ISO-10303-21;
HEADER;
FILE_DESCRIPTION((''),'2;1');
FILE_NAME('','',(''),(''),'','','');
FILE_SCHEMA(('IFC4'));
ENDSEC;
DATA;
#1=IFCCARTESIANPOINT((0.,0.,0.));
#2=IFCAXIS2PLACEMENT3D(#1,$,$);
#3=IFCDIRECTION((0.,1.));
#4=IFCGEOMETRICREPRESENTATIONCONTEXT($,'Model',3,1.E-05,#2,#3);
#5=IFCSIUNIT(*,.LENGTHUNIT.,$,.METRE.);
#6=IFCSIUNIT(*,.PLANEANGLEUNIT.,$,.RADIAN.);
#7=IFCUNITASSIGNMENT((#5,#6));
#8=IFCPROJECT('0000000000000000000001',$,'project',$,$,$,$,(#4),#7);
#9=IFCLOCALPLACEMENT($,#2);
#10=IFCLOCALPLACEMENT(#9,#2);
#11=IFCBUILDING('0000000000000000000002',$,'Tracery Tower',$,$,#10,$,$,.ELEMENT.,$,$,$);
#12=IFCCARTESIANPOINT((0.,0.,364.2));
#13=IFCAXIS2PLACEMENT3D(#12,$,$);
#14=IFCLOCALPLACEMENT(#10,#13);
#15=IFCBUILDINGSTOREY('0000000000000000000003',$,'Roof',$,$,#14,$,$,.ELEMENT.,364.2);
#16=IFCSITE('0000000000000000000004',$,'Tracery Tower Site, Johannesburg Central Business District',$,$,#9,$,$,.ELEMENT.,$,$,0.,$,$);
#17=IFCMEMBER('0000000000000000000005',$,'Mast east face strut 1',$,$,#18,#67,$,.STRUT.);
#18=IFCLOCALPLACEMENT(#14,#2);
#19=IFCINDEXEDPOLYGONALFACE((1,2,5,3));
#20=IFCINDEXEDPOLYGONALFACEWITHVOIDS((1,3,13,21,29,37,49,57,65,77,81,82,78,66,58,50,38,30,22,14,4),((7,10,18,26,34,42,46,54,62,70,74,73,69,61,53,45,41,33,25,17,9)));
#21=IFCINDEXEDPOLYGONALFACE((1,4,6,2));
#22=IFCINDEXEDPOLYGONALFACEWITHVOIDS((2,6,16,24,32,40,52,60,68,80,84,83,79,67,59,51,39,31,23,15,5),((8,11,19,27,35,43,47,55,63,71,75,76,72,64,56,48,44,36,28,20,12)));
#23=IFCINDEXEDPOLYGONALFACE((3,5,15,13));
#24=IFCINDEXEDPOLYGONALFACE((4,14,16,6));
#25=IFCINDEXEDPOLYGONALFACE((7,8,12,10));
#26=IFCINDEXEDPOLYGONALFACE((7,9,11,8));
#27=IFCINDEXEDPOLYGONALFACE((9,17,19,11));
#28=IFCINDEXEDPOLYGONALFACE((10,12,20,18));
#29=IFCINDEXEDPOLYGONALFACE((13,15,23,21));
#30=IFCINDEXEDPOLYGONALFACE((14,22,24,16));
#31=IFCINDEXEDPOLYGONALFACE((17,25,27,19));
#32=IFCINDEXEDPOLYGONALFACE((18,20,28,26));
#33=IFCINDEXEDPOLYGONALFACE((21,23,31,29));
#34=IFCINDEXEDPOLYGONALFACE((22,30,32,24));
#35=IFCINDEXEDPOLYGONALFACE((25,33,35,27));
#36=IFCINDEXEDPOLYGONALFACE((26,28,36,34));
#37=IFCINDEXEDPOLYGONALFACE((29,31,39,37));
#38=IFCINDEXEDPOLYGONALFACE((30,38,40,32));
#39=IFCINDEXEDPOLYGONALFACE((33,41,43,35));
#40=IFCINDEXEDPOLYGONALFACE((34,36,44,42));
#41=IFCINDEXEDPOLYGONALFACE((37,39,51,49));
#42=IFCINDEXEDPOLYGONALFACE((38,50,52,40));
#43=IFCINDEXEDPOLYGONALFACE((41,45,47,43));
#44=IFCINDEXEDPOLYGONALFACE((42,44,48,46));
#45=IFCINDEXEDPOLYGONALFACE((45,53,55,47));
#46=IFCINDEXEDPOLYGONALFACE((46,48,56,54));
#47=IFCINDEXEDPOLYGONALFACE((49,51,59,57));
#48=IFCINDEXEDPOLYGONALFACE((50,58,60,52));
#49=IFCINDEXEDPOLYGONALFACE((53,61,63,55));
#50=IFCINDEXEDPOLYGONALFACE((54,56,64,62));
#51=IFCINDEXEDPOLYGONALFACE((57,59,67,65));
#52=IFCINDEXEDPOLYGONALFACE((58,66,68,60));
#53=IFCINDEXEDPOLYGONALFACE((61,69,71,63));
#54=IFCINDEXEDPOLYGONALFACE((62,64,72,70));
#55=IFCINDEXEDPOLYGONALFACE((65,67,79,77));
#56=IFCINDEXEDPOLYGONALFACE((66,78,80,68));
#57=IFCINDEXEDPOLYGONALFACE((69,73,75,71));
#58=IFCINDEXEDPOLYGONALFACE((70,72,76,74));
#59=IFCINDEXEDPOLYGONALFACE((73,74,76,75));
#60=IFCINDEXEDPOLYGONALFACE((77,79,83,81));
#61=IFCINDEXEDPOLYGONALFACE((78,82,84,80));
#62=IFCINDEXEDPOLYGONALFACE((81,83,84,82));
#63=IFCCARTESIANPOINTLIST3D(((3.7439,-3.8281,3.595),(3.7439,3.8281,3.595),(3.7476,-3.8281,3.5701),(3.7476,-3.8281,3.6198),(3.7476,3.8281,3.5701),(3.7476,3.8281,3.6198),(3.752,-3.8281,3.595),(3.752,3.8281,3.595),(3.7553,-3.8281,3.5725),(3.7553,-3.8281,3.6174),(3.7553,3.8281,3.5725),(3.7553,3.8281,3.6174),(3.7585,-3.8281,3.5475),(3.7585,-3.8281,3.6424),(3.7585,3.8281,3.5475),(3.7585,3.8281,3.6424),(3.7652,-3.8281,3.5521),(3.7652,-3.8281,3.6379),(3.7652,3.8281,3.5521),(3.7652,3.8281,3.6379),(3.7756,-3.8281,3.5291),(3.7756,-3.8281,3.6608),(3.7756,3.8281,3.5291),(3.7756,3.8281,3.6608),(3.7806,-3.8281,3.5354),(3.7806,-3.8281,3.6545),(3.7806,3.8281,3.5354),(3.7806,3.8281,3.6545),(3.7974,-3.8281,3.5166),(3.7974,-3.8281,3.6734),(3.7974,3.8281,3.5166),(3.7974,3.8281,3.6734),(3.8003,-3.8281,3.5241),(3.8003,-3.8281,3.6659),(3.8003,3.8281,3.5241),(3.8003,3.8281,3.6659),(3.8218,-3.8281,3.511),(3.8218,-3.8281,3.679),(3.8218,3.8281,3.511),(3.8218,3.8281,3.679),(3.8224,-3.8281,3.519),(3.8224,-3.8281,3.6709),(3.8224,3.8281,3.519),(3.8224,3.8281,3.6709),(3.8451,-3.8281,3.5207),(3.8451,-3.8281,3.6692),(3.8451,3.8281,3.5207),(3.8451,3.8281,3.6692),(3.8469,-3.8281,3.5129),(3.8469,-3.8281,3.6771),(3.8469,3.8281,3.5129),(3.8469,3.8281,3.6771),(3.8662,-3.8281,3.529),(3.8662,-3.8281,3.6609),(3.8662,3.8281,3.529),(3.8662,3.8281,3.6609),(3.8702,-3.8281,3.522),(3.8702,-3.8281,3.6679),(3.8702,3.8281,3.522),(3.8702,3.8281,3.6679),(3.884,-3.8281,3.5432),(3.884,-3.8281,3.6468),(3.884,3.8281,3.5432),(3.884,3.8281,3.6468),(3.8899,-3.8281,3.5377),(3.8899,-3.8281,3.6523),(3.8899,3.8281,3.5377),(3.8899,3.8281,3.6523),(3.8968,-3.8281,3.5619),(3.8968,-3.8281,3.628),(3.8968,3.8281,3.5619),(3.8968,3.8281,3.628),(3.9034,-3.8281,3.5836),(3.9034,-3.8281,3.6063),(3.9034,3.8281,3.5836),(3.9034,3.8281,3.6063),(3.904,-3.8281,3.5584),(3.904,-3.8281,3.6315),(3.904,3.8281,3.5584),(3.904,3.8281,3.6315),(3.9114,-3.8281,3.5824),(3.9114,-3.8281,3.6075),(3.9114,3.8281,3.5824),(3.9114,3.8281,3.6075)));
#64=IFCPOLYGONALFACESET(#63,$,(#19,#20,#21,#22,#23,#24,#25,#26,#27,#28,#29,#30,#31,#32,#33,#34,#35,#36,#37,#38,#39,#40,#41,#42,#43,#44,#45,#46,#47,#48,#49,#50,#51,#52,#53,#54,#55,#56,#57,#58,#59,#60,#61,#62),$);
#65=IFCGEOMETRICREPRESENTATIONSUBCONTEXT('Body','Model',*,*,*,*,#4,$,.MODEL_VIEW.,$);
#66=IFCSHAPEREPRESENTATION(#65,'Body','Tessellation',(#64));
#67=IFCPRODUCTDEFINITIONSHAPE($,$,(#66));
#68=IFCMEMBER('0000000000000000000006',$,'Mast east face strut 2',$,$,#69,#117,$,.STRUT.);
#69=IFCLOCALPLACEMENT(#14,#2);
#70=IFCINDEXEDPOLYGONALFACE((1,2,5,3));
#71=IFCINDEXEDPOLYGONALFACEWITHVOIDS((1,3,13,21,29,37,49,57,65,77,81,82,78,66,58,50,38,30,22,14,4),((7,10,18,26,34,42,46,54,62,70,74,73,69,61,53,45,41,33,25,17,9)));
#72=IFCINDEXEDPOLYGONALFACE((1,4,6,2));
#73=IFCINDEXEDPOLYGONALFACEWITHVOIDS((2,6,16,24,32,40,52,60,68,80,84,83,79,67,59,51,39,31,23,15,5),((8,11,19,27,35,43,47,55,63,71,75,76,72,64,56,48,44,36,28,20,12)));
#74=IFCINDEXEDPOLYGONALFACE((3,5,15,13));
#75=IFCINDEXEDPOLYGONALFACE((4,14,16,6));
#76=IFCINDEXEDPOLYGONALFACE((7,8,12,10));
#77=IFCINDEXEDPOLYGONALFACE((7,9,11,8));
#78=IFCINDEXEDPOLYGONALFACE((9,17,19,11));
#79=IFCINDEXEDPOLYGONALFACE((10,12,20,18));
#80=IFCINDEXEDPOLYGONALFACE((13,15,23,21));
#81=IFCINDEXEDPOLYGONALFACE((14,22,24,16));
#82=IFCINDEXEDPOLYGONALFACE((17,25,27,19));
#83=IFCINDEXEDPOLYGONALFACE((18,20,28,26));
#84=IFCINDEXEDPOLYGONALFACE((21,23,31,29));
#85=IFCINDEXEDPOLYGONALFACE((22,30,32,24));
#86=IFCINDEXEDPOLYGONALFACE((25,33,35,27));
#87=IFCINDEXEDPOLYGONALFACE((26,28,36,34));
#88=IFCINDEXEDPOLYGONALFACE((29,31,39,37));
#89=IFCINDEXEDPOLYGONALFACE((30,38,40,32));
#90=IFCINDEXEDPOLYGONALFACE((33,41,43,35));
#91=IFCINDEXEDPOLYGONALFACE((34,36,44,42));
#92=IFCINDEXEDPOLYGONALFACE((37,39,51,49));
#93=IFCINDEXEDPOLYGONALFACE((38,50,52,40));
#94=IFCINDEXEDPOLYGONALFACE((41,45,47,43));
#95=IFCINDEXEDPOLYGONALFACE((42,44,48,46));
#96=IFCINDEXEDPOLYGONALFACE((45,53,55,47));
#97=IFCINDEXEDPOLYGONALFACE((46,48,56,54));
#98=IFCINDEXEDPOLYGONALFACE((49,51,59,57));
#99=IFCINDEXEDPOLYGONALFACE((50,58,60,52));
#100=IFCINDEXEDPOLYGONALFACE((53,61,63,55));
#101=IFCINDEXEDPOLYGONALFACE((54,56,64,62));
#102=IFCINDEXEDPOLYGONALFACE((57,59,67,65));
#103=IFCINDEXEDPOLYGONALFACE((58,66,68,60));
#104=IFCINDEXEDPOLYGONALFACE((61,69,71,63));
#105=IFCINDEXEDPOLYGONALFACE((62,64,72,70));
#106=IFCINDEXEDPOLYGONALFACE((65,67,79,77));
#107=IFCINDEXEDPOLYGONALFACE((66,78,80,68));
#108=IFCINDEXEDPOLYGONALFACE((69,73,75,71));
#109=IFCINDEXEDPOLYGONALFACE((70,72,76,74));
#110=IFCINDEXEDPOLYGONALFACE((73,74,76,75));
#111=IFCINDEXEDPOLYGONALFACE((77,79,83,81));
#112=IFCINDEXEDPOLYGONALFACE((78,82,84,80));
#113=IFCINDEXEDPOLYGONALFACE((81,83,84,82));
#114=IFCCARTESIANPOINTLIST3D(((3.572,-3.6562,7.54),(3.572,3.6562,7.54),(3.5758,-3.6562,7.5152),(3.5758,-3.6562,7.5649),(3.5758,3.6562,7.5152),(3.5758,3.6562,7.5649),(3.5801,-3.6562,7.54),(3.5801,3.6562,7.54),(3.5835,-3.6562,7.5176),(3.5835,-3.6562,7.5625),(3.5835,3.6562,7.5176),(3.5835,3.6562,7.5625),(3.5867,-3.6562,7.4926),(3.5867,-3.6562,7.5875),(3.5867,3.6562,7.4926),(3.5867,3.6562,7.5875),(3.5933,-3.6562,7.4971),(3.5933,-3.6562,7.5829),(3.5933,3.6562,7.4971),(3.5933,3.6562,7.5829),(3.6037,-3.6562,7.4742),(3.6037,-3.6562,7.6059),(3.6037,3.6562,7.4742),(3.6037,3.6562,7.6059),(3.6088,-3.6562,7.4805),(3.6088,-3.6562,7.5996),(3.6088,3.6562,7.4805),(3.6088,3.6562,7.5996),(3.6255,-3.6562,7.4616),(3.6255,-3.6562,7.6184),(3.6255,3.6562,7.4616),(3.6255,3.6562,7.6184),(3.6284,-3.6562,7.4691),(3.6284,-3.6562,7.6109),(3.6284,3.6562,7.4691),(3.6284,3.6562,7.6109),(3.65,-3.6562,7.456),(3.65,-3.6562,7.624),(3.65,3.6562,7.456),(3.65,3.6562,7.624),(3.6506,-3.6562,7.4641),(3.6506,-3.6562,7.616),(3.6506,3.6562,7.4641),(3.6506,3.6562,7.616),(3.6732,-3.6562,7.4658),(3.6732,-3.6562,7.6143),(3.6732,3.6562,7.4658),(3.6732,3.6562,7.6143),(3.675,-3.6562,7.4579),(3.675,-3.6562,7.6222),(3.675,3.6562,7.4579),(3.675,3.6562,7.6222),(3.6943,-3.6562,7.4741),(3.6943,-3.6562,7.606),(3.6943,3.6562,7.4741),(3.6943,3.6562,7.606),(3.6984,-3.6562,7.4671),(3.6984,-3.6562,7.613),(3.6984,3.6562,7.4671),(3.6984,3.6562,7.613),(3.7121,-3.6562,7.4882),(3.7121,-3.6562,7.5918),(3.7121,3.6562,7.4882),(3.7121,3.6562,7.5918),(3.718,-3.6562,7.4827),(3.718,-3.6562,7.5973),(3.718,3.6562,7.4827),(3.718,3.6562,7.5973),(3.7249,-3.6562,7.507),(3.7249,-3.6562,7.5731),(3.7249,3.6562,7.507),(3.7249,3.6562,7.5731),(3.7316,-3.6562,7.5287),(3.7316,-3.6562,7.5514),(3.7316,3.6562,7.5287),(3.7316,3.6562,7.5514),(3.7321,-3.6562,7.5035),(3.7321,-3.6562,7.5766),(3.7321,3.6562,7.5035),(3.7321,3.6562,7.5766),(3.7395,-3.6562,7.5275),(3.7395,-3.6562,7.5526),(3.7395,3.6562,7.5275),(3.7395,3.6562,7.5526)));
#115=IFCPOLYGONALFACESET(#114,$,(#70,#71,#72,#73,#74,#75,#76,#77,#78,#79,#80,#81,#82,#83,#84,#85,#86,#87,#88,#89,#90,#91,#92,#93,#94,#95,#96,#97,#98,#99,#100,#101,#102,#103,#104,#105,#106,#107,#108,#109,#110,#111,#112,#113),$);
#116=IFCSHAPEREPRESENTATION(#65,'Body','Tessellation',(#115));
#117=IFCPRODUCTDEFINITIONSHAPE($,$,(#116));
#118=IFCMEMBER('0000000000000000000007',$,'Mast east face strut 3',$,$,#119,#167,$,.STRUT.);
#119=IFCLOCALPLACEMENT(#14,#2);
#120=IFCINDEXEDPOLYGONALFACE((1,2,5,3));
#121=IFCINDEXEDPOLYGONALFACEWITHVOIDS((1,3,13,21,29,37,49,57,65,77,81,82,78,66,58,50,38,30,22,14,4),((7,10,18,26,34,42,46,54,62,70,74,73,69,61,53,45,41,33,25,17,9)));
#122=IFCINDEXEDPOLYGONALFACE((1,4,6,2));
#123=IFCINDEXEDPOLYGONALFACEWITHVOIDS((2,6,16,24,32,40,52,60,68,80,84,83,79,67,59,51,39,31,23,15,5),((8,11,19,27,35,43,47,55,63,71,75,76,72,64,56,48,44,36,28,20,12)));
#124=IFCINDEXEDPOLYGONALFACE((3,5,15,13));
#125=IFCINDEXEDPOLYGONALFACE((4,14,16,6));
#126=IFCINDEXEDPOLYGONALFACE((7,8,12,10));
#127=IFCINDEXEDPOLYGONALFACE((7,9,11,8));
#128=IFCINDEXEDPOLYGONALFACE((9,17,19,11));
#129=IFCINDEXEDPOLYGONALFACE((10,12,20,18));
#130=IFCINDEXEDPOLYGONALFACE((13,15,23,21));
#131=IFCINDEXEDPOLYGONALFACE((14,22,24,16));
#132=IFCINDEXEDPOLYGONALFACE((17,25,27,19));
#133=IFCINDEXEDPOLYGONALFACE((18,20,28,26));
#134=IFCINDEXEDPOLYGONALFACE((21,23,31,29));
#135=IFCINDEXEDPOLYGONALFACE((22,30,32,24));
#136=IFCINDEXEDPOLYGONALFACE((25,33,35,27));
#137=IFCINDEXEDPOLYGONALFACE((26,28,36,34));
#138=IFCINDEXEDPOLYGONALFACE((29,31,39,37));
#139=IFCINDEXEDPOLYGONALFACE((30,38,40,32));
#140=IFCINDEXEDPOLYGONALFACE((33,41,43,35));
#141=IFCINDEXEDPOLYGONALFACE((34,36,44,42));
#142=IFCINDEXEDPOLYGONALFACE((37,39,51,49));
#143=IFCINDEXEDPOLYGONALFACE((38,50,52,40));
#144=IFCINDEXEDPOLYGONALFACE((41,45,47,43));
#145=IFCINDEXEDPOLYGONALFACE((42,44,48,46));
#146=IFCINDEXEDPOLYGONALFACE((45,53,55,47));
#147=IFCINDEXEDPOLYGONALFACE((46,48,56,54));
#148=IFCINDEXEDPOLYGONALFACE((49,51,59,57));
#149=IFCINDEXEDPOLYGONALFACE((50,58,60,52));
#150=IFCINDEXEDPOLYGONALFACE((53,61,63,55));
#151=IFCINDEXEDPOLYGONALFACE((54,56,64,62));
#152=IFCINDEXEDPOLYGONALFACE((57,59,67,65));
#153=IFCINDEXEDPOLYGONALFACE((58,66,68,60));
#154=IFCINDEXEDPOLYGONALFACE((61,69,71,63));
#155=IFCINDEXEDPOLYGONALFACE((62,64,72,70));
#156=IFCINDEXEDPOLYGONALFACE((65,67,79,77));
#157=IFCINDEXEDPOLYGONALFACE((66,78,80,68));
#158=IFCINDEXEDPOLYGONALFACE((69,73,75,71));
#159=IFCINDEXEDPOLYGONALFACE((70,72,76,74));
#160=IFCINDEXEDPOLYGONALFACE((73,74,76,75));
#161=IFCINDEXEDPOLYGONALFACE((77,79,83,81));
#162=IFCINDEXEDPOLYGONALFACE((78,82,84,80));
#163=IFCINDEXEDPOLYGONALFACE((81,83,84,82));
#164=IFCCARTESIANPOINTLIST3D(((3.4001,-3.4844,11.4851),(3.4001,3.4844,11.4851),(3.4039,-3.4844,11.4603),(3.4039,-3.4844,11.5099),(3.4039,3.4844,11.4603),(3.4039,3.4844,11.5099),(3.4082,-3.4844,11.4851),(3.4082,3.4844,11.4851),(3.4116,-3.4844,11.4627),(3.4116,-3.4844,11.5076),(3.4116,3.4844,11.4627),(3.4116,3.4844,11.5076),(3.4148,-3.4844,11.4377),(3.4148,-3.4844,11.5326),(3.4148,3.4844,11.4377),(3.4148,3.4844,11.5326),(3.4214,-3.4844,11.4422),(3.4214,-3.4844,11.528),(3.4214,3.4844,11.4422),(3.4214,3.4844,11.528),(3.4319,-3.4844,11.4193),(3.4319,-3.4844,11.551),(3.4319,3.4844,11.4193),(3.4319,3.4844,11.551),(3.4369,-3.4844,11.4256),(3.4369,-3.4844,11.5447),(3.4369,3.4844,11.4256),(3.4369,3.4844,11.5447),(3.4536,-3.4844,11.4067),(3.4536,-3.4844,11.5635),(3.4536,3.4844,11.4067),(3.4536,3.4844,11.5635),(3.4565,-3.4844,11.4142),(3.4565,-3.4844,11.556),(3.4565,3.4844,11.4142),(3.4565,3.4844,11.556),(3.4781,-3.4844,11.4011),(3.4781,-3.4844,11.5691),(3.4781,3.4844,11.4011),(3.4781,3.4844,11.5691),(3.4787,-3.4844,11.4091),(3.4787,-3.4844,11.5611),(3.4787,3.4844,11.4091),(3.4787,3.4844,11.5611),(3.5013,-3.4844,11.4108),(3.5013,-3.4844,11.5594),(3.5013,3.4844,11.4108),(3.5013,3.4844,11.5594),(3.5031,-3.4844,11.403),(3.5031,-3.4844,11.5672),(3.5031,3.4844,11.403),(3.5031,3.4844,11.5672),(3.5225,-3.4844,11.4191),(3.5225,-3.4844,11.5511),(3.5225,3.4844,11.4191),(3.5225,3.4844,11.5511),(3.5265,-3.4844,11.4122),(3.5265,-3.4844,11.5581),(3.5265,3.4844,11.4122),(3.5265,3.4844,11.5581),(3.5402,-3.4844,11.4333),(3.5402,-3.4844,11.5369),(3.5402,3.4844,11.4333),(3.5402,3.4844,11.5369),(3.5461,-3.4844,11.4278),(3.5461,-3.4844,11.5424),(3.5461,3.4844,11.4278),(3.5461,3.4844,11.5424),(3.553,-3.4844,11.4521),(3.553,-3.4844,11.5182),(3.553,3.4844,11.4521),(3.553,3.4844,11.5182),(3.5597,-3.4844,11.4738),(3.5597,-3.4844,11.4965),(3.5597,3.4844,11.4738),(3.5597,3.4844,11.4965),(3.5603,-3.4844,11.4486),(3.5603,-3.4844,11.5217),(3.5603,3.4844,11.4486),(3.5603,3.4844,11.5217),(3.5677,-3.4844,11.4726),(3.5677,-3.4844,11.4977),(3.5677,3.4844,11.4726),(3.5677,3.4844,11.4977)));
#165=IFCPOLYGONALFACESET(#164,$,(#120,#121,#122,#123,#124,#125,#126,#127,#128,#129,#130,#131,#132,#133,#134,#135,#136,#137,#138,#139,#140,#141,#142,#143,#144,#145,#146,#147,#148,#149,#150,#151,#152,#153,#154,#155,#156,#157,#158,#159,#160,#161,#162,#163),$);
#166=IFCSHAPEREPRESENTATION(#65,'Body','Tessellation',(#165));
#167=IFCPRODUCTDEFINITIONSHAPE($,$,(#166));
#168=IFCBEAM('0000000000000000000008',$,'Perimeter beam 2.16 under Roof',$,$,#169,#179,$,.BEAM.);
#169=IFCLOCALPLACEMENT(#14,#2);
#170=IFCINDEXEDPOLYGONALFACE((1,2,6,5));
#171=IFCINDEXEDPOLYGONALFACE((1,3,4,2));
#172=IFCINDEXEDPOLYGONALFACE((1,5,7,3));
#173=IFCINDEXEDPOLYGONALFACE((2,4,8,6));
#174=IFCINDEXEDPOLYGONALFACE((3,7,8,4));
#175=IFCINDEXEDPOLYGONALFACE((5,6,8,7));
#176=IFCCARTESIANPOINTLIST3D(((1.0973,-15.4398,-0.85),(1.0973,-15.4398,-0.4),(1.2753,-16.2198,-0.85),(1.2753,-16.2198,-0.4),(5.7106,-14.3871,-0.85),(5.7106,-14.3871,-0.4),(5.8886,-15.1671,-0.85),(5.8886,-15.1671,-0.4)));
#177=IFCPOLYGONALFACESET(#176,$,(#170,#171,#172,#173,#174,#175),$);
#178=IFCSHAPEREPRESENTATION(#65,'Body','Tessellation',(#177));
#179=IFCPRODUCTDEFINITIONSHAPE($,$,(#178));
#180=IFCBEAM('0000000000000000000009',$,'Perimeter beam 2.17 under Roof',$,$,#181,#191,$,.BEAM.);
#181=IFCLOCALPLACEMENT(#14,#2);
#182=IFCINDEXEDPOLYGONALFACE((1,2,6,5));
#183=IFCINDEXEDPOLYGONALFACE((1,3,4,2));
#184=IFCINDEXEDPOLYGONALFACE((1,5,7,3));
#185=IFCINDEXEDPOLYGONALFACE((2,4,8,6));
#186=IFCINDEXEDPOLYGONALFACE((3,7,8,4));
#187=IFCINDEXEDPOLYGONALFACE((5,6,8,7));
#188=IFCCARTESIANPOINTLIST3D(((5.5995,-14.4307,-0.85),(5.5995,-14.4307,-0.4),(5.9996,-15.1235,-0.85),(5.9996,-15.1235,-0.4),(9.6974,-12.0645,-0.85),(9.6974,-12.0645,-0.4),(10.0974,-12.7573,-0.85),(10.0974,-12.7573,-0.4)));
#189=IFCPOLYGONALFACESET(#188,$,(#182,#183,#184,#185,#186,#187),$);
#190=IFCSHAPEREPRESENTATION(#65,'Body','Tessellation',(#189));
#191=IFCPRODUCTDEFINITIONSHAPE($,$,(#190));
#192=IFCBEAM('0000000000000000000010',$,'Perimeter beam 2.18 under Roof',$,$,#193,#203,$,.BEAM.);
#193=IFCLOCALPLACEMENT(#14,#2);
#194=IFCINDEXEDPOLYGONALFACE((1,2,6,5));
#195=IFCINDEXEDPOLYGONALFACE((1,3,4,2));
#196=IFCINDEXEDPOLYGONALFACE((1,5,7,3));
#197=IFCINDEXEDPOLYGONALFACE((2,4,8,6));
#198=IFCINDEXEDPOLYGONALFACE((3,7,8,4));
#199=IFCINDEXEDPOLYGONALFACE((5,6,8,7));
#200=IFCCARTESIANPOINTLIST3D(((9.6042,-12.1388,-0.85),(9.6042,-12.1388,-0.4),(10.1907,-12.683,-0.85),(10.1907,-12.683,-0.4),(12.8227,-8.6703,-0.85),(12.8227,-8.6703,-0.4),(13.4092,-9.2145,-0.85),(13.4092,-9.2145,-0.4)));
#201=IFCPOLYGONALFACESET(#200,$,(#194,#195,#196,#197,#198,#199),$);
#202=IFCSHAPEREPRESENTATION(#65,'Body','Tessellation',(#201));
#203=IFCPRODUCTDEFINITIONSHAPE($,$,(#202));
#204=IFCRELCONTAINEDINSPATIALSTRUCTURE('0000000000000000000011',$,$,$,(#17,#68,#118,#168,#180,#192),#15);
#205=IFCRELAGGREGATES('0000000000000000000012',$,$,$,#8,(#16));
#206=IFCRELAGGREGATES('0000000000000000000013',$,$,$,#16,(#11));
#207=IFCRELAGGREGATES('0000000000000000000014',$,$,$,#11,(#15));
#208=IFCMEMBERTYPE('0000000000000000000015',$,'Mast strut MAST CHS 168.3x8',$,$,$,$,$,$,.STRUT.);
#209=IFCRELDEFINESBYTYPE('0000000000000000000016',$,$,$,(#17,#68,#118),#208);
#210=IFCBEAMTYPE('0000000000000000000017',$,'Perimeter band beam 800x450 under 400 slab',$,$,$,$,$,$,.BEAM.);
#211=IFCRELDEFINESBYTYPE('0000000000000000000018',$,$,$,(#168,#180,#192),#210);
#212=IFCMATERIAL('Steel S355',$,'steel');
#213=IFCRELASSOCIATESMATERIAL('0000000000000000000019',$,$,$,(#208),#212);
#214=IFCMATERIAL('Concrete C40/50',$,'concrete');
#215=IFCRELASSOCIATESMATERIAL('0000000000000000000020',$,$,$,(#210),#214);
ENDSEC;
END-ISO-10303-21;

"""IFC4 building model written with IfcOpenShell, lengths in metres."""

from ifc_helpers import new_model, si_unit, direction, frame, origin, origin_2d, place, context, subcontext, project, spatial, rectangle, hollow_circle, extrude, material, material_profile, profile_set, type_object, element, save


model = new_model("IFC4")

# Units and contexts
model_context = context("Model", 3, precision=1e-05, world=origin(), true_north=direction((0.0, 1.0)))
body_context = subcontext(model_context, "Body", "Model", "MODEL_VIEW")
ifc_project = project(units=[si_unit("LENGTHUNIT", "METRE"), si_unit("PLANEANGLEUNIT", "RADIAN")], contexts=[model_context])

# Site, building, storey
site_placement = place(None, origin())
site = spatial("IfcSite", under=ifc_project, at=site_placement, Name="Tracery Tower Site, Johannesburg Central Business District", CompositionType="ELEMENT", RefElevation=0.0)
building_placement = place(site_placement, origin())
building = spatial("IfcBuilding", under=site, at=building_placement, Name="Tracery Tower", CompositionType="ELEMENT")
storey_placement = place(building_placement, frame((0.0, 0.0, 364.2)))
storey = spatial("IfcBuildingStorey", under=building, at=storey_placement, Name="Roof", CompositionType="ELEMENT", Elevation=364.2)

# Members
ifc_material_1 = material(Name="Steel S355", Category="steel")
ifc_material_profile_1 = material_profile(ifc_material_1, hollow_circle(Radius=0.0842, WallThickness=0.0081, at=origin_2d()), Name="CHS 168.3x8")
ifc_profile_set_1 = profile_set([ifc_material_profile_1], Name="Steel S355")
member_type_1 = type_object("IfcMemberType", Name="Mast strut MAST CHS 168.3x8", PredefinedType="STRUT", material=ifc_profile_set_1)
member_1_placement = place(storey_placement, frame((3.8281, -3.8281, 3.595), z_axis=(0.0, 1.0, 0.0), x_axis=(-1.0, 0.0, 0.0)))
element("IfcMember", 1, at=member_1_placement, inside=storey, type_object=member_type_1, Name="Mast east face strut 1", PredefinedType="STRUT", context=body_context, shape_type="SweptSolid", body=[
    extrude(hollow_circle(Radius=0.0842, WallThickness=0.0081, at=origin_2d()), origin(), (0.0, 0.0, 1.0), 7.6562),
])
member_2_placement = place(storey_placement, frame((3.6562, -3.6562, 7.54), z_axis=(0.0, 1.0, 0.0), x_axis=(-1.0, 0.0, 0.0)))
element("IfcMember", 2, at=member_2_placement, inside=storey, type_object=member_type_1, Name="Mast east face strut 2", PredefinedType="STRUT", context=body_context, shape_type="SweptSolid", body=[
    extrude(hollow_circle(Radius=0.0842, WallThickness=0.0081, at=origin_2d()), origin(), (0.0, 0.0, 1.0), 7.3125),
])
member_3_placement = place(storey_placement, frame((3.4844, -3.4844, 11.4851), z_axis=(0.0, 1.0, 0.0), x_axis=(-1.0, 0.0, 0.0)))
element("IfcMember", 3, at=member_3_placement, inside=storey, type_object=member_type_1, Name="Mast east face strut 3", PredefinedType="STRUT", context=body_context, shape_type="SweptSolid", body=[
    extrude(hollow_circle(Radius=0.0842, WallThickness=0.0081, at=origin_2d()), origin(), (0.0, 0.0, 1.0), 6.9688),
])

# Beams
ifc_material_2 = material(Name="Concrete C40/50", Category="concrete")
ifc_material_profile_2 = material_profile(ifc_material_2, rectangle(XDim=0.8, YDim=0.45, at=origin_2d()), Name="RC 800x450")
ifc_profile_set_2 = profile_set([ifc_material_profile_2], Name="Concrete C40/50")
beam_type_1 = type_object("IfcBeamType", Name="Perimeter band beam 800x450 under 400 slab", PredefinedType="BEAM", material=ifc_profile_set_2)
for number, where, z_axis, x_axis, name in (
    (4, (1.1863, -15.8298, -0.625), (0.974938, 0.222477, 0.0), (-0.222477, 0.974938, 0.0), "Perimeter beam 2.16 under Roof"),
    (5, (5.7996, -14.7771, -0.625), (0.865999, 0.500045, 0.0), (-0.500045, 0.865999, 0.0), "Perimeter beam 2.17 under Roof"),
):
    element("IfcBeam", number, at=place(storey_placement, frame(where, z_axis=z_axis, x_axis=x_axis)), inside=storey, type_object=beam_type_1, Name=name, PredefinedType="BEAM", context=body_context, shape_type="SweptSolid", body=[
        extrude(rectangle(XDim=0.8, YDim=0.45, at=origin_2d()), origin(), (0.0, 0.0, 1.0), 4.7319),
    ])
beam_1_placement = place(storey_placement, frame((9.8975, -12.4109, -0.625), z_axis=(0.680196, 0.733031, 0.0), x_axis=(-0.733031, 0.680196, 0.0)))
element("IfcBeam", 6, at=beam_1_placement, inside=storey, type_object=beam_type_1, Name="Perimeter beam 2.18 under Roof", PredefinedType="BEAM", context=body_context, shape_type="SweptSolid", body=[
    extrude(rectangle(XDim=0.8, YDim=0.45, at=origin_2d()), origin(), (0.0, 0.0, 1.0), 4.7317),
])

save(model, "model.ifc")
